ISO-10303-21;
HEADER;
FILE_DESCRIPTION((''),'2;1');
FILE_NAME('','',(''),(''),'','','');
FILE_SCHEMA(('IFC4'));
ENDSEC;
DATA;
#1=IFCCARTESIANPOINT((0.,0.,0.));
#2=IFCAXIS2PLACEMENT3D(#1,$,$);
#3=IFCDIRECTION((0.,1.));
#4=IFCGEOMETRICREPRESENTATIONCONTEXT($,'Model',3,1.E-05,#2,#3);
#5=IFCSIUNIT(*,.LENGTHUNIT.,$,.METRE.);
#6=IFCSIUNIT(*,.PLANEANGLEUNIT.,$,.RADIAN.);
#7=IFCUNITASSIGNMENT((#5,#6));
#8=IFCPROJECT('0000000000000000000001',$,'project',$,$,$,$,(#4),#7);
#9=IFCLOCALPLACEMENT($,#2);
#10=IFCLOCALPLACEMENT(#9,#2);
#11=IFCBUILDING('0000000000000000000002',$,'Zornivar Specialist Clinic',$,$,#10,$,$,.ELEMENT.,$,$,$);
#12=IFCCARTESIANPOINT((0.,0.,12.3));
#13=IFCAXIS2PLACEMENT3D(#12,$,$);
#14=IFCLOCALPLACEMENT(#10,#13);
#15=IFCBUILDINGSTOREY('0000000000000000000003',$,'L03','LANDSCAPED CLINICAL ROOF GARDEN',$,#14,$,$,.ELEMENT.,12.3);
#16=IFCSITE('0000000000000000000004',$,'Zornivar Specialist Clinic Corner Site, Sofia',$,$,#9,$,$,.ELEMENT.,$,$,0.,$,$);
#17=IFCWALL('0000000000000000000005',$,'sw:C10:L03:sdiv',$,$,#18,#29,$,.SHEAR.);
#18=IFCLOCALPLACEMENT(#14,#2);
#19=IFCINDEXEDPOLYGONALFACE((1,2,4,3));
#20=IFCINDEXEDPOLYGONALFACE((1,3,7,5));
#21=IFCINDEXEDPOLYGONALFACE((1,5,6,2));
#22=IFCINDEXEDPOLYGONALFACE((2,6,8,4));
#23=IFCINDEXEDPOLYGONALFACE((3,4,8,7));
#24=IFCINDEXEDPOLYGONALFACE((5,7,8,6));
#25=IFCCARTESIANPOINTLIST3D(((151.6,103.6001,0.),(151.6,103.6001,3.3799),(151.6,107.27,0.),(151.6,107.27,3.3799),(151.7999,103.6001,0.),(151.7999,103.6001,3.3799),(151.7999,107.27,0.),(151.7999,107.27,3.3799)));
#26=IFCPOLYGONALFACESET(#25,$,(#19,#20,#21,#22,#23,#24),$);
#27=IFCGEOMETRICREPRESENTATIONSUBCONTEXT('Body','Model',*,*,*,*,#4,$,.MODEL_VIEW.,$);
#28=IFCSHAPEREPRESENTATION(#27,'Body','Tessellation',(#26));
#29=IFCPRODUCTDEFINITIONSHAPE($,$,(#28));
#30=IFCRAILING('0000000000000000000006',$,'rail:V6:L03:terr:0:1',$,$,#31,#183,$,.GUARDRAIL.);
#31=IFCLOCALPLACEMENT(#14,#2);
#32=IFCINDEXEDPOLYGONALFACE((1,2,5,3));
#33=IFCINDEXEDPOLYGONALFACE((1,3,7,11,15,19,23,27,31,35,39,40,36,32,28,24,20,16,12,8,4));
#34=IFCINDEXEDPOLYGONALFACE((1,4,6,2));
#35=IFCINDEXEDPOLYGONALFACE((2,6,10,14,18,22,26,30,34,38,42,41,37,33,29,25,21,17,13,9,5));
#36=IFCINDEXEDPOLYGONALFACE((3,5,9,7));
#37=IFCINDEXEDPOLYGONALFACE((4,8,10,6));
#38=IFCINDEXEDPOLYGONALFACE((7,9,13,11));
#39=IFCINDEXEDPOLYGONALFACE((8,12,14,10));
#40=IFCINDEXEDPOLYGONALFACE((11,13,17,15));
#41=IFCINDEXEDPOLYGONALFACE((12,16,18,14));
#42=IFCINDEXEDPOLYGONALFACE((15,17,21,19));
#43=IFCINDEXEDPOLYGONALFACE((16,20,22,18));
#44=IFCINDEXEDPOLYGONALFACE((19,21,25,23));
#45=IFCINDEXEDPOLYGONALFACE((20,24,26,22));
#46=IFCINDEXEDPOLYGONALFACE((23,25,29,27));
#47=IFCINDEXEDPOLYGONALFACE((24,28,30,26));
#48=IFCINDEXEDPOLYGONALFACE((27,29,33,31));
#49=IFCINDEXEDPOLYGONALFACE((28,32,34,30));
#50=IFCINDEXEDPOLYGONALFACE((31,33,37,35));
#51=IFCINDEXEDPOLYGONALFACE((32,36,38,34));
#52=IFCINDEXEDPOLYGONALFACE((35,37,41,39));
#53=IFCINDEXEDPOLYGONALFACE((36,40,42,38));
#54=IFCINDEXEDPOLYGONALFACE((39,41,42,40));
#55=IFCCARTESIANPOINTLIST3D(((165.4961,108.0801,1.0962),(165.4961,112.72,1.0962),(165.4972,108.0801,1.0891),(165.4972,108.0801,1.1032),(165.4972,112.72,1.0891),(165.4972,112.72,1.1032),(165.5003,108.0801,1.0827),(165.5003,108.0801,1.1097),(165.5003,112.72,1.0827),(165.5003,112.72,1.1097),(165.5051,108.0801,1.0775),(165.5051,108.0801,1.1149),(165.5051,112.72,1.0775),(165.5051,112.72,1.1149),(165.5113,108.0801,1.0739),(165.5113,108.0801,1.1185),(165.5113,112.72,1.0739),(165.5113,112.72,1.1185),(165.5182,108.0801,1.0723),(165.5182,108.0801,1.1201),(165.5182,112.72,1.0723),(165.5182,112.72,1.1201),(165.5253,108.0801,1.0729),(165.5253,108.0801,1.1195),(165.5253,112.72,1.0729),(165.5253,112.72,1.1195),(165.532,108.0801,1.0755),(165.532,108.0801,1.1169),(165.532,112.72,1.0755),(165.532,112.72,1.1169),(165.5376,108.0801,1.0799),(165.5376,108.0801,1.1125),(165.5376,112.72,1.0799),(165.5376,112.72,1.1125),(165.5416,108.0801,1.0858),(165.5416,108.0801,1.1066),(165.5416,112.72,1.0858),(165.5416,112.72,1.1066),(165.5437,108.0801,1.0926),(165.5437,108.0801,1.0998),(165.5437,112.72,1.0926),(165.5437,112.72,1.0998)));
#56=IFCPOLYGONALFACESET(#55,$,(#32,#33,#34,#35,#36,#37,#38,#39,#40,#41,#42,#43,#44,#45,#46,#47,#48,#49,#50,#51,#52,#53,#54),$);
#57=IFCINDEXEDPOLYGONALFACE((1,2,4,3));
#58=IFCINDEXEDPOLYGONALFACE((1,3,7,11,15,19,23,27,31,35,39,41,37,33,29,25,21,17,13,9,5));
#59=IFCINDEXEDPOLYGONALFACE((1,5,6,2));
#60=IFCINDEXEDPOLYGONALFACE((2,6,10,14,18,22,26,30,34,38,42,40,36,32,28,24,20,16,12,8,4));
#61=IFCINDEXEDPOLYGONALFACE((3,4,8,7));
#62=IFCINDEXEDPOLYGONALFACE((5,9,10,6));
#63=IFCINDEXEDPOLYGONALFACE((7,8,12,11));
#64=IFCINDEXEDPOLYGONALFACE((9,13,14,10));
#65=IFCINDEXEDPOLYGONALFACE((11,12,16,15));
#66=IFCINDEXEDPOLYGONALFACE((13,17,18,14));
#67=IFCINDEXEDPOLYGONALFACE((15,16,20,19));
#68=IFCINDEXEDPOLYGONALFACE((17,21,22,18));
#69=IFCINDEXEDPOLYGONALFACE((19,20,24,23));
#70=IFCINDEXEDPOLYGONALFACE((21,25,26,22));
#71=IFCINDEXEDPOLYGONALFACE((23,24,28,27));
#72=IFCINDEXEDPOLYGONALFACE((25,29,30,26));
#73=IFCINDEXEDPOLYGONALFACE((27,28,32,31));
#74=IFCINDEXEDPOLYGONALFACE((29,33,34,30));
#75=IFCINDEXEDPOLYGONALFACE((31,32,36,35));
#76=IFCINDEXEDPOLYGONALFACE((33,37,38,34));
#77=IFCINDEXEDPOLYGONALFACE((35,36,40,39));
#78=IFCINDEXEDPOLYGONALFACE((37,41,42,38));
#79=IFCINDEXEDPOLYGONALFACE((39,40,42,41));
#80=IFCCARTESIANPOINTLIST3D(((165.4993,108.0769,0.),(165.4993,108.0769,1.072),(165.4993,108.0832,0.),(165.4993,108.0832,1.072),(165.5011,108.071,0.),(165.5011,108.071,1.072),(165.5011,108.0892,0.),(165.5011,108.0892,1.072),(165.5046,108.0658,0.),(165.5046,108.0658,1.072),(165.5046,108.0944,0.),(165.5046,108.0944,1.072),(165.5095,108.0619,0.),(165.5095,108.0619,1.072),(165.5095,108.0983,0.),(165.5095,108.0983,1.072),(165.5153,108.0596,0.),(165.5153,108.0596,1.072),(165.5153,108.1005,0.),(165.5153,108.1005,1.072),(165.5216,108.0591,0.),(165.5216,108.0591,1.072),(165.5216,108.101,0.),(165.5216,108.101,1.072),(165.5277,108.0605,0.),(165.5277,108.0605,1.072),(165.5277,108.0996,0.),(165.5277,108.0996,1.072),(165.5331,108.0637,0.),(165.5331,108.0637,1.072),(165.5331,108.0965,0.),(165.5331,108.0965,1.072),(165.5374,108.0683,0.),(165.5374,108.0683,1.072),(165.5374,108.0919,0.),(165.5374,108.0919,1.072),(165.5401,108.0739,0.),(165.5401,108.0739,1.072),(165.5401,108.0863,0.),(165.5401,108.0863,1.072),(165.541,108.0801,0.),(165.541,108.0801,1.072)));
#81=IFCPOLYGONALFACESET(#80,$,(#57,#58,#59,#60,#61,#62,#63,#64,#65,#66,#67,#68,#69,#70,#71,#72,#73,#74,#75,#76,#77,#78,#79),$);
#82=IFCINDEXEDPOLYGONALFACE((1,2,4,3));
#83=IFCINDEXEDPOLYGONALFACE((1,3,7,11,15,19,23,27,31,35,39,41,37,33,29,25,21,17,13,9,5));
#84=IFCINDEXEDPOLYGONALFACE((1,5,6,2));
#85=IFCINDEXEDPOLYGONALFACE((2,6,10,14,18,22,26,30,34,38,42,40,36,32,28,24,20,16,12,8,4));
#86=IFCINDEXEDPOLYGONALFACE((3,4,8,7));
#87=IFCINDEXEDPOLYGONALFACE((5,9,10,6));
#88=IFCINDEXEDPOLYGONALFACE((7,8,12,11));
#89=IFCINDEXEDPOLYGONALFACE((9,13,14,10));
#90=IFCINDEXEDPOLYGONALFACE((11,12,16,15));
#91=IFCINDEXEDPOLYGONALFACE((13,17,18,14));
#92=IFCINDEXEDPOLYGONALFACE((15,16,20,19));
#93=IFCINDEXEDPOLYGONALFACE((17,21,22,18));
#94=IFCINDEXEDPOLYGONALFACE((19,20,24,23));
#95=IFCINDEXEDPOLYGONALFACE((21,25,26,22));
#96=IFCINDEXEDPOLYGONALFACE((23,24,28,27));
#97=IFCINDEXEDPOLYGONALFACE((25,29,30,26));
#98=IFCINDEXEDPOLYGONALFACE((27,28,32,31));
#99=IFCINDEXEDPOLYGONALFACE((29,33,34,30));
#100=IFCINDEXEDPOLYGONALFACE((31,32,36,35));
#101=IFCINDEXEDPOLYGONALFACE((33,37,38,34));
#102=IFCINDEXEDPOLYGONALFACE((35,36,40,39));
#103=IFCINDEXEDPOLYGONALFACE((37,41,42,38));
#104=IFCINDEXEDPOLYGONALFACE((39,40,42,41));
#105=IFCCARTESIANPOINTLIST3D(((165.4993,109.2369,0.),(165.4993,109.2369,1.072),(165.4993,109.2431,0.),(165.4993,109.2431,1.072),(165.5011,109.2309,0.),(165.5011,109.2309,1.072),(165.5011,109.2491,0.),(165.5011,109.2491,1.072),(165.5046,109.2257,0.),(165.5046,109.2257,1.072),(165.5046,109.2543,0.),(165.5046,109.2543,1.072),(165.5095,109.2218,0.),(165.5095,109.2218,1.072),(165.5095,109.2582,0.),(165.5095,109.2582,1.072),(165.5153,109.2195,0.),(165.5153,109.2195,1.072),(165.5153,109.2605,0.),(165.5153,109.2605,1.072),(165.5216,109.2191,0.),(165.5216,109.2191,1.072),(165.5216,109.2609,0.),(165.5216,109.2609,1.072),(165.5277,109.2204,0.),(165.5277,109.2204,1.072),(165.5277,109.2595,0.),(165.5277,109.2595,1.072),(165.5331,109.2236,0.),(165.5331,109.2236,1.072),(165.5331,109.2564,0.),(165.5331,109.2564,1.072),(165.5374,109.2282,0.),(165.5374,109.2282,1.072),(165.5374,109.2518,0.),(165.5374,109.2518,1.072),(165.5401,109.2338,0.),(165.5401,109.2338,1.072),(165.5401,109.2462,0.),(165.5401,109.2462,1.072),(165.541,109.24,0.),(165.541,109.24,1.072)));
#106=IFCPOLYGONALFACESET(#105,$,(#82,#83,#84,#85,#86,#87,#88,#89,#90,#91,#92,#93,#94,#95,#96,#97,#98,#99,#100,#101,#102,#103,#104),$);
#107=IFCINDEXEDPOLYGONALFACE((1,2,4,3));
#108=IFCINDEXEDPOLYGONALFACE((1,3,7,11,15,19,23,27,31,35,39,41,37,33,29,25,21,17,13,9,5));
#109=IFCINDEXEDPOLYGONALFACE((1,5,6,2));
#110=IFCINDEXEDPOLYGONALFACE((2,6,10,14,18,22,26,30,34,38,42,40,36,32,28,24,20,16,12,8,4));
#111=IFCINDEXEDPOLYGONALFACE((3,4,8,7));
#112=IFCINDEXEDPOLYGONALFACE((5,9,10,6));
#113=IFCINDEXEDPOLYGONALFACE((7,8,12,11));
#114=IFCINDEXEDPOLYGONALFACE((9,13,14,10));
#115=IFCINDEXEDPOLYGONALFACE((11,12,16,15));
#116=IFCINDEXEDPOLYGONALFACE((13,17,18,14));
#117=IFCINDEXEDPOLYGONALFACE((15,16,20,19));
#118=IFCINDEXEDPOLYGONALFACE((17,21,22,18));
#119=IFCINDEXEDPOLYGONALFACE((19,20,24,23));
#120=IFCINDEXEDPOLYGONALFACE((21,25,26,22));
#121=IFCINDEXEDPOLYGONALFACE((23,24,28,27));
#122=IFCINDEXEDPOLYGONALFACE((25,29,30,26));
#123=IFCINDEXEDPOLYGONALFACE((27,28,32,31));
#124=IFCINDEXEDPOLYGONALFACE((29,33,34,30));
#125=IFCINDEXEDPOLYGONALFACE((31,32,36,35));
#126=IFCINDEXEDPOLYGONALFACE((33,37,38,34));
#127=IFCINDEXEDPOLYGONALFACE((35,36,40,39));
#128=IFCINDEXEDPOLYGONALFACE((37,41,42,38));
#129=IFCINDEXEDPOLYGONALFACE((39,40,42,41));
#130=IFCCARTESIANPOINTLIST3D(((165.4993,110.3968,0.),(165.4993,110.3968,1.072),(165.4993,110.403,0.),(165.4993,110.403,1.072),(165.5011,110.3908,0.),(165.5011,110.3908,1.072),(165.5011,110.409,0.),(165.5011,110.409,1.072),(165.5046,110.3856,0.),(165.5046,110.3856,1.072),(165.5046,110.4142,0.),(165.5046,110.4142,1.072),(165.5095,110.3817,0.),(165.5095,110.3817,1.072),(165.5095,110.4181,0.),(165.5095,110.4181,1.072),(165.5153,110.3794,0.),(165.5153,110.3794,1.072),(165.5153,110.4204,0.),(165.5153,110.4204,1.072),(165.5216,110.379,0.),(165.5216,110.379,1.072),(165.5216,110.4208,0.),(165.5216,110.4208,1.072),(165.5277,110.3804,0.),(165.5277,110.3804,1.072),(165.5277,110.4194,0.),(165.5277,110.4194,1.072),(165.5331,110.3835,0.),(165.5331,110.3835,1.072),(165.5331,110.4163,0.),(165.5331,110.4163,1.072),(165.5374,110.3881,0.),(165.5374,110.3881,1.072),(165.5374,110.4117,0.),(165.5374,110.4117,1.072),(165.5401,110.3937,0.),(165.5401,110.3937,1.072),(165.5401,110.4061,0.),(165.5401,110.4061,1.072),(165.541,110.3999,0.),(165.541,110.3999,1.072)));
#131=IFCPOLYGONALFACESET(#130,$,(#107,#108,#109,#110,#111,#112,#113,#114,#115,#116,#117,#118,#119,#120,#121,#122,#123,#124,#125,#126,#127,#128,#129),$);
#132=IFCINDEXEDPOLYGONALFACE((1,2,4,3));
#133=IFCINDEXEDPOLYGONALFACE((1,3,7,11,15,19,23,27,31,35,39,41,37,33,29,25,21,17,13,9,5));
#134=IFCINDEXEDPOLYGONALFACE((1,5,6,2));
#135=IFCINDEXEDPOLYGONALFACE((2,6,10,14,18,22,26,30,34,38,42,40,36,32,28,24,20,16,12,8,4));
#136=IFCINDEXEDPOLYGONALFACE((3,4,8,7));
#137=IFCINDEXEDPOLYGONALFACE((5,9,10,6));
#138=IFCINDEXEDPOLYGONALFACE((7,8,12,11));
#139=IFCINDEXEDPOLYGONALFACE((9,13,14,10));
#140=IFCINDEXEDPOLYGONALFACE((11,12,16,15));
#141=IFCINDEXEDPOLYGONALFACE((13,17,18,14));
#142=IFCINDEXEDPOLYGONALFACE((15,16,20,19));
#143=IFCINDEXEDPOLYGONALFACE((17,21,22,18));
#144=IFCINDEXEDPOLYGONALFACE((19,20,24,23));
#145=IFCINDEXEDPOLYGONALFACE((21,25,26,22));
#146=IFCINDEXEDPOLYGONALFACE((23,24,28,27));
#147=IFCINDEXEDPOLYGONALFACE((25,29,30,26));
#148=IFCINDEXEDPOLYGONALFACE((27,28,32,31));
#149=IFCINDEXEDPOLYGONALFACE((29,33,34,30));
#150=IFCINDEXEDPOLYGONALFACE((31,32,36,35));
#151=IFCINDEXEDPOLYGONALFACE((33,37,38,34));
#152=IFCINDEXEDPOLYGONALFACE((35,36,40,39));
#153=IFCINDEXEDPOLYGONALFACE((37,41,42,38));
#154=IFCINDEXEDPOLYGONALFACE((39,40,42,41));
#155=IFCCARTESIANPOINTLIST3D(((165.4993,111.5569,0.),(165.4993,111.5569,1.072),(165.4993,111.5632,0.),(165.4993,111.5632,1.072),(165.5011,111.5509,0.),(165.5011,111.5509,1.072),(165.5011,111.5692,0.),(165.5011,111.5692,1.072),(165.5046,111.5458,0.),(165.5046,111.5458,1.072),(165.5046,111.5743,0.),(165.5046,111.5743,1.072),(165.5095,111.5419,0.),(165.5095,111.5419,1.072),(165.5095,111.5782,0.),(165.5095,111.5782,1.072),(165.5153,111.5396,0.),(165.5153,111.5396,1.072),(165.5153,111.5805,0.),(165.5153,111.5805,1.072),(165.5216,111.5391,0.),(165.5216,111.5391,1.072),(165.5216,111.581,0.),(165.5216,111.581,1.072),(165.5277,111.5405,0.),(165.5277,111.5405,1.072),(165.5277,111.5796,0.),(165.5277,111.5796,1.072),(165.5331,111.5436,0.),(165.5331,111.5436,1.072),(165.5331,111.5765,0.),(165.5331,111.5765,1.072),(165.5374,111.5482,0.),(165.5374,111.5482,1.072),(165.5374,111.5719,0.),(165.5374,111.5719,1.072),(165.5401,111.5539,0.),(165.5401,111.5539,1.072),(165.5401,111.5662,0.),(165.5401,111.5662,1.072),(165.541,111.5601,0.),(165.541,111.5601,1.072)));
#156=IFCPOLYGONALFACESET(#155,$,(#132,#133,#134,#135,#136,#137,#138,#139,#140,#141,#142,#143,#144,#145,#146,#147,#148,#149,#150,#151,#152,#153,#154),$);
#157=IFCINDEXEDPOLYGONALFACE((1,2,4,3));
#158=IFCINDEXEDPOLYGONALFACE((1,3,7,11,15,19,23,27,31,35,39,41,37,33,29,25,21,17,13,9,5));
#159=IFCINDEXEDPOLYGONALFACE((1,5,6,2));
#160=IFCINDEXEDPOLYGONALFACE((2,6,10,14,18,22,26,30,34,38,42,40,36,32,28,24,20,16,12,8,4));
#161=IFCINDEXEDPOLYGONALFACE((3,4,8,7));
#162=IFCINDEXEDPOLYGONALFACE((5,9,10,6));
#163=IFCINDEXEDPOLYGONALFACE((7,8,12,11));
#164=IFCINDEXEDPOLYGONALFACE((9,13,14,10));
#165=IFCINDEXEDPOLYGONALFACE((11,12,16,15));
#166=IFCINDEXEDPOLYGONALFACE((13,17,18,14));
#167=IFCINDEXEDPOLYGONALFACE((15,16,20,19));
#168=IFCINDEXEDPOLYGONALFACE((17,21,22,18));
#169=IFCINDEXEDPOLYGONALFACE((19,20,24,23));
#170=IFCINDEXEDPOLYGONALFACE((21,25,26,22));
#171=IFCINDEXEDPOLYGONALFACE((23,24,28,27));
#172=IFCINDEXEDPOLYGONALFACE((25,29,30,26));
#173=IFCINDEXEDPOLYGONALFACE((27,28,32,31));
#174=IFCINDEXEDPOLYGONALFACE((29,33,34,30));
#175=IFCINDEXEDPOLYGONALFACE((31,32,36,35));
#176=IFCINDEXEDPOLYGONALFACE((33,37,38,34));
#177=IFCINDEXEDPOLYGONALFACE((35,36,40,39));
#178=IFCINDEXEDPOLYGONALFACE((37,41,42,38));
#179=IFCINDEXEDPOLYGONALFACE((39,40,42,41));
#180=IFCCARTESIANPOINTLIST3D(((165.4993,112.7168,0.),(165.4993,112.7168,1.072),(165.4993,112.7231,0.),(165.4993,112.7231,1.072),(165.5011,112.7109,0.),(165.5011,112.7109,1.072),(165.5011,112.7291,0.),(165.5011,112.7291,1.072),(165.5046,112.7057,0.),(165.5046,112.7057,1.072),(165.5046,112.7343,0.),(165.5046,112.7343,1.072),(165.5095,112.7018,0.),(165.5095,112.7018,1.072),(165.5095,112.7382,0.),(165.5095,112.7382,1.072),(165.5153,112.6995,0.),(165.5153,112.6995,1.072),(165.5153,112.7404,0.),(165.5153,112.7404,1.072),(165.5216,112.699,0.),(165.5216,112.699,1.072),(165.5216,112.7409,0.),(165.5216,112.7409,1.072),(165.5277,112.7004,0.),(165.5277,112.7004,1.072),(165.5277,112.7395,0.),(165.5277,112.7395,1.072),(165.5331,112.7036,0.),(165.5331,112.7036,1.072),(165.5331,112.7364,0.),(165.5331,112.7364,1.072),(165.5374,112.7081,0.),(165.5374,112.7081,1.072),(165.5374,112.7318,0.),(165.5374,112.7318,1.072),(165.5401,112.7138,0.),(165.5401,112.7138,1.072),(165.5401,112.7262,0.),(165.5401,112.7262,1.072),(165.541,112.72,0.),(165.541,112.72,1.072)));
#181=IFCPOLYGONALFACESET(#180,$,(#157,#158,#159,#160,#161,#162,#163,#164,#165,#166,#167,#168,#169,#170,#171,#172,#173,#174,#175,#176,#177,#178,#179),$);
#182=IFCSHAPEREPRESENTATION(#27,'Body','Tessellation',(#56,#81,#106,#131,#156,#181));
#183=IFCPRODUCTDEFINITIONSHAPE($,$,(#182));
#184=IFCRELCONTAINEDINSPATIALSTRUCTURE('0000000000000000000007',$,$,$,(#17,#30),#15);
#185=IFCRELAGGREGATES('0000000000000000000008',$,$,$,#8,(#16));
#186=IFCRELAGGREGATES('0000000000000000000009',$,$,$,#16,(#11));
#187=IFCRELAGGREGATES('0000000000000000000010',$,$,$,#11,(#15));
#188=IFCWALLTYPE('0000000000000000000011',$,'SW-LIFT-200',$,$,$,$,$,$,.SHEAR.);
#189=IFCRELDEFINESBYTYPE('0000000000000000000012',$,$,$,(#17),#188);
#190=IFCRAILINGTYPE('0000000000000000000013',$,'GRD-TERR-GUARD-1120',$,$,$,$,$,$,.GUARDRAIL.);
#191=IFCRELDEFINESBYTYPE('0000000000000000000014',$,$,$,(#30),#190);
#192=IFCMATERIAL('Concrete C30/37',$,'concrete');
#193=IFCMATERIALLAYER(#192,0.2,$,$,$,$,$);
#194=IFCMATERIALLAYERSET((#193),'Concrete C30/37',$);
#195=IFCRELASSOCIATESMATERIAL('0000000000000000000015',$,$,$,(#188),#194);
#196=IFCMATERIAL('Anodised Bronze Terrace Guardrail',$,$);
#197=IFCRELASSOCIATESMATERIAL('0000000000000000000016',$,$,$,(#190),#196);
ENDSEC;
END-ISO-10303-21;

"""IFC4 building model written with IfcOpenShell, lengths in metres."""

from ifc_helpers import new_model, si_unit, direction, frame, frame_2d, origin, origin_2d, place, context, subcontext, project, spatial, rectangle, circle, extrude, material, layer, layer_set, type_object, element, save


model = new_model("IFC4")

# Units and contexts
model_context = context("Model", 3, precision=1e-05, world=origin(), true_north=direction((0.0, 1.0)))
body_context = subcontext(model_context, "Body", "Model", "MODEL_VIEW")
ifc_project = project(units=[si_unit("LENGTHUNIT", "METRE"), si_unit("PLANEANGLEUNIT", "RADIAN")], contexts=[model_context])

# Site, building, storey
site_placement = place(None, origin())
site = spatial("IfcSite", under=ifc_project, at=site_placement, Name="Zornivar Specialist Clinic Corner Site, Sofia", CompositionType="ELEMENT", RefElevation=0.0)
building_placement = place(site_placement, origin())
building = spatial("IfcBuilding", under=site, at=building_placement, Name="Zornivar Specialist Clinic", CompositionType="ELEMENT")
storey_placement = place(building_placement, frame((0.0, 0.0, 12.3)))
storey = spatial("IfcBuildingStorey", under=building, at=storey_placement, Name="L03", Description="LANDSCAPED CLINICAL ROOF GARDEN", CompositionType="ELEMENT", Elevation=12.3)

# Wall
ifc_material_1 = material(Name="Concrete C30/37", Category="concrete")
ifc_layer_1 = layer(ifc_material_1, 0.2)
ifc_layer_set_1 = layer_set([ifc_layer_1], Name="Concrete C30/37")
wall_type_1 = type_object("IfcWallType", Name="SW-LIFT-200", PredefinedType="SHEAR", material=ifc_layer_set_1)
wall_1_placement = place(storey_placement, frame((151.7, 103.6001, 0.0), z_axis=(0.0, 0.0, 1.0), x_axis=(0.0, 1.0, 0.0)))
element("IfcWall", 1, at=wall_1_placement, inside=storey, type_object=wall_type_1, Name="sw:C10:L03:sdiv", PredefinedType="SHEAR", context=body_context, shape_type="SweptSolid", body=[
    extrude(rectangle(XDim=3.6699, YDim=0.2, at=frame_2d((1.835, 0.0))), origin(), (0.0, 0.0, 1.0), 3.3799),
])

# Railing
ifc_material_2 = material(Name="Anodised Bronze Terrace Guardrail")
railing_type = type_object("IfcRailingType", Name="GRD-TERR-GUARD-1120", PredefinedType="GUARDRAIL", material=ifc_material_2)
railing_1_placement = place(storey_placement, frame((165.52, 108.0801, 0.0)))
element("IfcRailing", 2, at=railing_1_placement, inside=storey, type_object=railing_type, Name="rail:V6:L03:terr:0:1", PredefinedType="GUARDRAIL", context=body_context, shape_type="SweptSolid", body=[
    extrude(circle(Radius=0.0239, at=origin_2d()), frame((0.0, 0.0, 1.0962), z_axis=(0.0, 1.0, 0.0), x_axis=(-1.0, 0.0, 0.0)), (0.0, 0.0, 1.0), 4.6399),
    extrude(circle(Radius=0.021, at=origin_2d()), origin(), (0.0, 0.0, 1.0), 1.072),
    extrude(circle(Radius=0.021, at=origin_2d()), frame((0.0, 1.1599, 0.0)), (0.0, 0.0, 1.0), 1.072),
    extrude(circle(Radius=0.021, at=origin_2d()), frame((0.0, 2.3198, 0.0)), (0.0, 0.0, 1.0), 1.072),
    extrude(circle(Radius=0.021, at=origin_2d()), frame((0.0, 3.48, 0.0)), (0.0, 0.0, 1.0), 1.072),
    extrude(circle(Radius=0.021, at=origin_2d()), frame((0.0, 4.6399, 0.0)), (0.0, 0.0, 1.0), 1.072),
])

save(model, "model.ifc")
